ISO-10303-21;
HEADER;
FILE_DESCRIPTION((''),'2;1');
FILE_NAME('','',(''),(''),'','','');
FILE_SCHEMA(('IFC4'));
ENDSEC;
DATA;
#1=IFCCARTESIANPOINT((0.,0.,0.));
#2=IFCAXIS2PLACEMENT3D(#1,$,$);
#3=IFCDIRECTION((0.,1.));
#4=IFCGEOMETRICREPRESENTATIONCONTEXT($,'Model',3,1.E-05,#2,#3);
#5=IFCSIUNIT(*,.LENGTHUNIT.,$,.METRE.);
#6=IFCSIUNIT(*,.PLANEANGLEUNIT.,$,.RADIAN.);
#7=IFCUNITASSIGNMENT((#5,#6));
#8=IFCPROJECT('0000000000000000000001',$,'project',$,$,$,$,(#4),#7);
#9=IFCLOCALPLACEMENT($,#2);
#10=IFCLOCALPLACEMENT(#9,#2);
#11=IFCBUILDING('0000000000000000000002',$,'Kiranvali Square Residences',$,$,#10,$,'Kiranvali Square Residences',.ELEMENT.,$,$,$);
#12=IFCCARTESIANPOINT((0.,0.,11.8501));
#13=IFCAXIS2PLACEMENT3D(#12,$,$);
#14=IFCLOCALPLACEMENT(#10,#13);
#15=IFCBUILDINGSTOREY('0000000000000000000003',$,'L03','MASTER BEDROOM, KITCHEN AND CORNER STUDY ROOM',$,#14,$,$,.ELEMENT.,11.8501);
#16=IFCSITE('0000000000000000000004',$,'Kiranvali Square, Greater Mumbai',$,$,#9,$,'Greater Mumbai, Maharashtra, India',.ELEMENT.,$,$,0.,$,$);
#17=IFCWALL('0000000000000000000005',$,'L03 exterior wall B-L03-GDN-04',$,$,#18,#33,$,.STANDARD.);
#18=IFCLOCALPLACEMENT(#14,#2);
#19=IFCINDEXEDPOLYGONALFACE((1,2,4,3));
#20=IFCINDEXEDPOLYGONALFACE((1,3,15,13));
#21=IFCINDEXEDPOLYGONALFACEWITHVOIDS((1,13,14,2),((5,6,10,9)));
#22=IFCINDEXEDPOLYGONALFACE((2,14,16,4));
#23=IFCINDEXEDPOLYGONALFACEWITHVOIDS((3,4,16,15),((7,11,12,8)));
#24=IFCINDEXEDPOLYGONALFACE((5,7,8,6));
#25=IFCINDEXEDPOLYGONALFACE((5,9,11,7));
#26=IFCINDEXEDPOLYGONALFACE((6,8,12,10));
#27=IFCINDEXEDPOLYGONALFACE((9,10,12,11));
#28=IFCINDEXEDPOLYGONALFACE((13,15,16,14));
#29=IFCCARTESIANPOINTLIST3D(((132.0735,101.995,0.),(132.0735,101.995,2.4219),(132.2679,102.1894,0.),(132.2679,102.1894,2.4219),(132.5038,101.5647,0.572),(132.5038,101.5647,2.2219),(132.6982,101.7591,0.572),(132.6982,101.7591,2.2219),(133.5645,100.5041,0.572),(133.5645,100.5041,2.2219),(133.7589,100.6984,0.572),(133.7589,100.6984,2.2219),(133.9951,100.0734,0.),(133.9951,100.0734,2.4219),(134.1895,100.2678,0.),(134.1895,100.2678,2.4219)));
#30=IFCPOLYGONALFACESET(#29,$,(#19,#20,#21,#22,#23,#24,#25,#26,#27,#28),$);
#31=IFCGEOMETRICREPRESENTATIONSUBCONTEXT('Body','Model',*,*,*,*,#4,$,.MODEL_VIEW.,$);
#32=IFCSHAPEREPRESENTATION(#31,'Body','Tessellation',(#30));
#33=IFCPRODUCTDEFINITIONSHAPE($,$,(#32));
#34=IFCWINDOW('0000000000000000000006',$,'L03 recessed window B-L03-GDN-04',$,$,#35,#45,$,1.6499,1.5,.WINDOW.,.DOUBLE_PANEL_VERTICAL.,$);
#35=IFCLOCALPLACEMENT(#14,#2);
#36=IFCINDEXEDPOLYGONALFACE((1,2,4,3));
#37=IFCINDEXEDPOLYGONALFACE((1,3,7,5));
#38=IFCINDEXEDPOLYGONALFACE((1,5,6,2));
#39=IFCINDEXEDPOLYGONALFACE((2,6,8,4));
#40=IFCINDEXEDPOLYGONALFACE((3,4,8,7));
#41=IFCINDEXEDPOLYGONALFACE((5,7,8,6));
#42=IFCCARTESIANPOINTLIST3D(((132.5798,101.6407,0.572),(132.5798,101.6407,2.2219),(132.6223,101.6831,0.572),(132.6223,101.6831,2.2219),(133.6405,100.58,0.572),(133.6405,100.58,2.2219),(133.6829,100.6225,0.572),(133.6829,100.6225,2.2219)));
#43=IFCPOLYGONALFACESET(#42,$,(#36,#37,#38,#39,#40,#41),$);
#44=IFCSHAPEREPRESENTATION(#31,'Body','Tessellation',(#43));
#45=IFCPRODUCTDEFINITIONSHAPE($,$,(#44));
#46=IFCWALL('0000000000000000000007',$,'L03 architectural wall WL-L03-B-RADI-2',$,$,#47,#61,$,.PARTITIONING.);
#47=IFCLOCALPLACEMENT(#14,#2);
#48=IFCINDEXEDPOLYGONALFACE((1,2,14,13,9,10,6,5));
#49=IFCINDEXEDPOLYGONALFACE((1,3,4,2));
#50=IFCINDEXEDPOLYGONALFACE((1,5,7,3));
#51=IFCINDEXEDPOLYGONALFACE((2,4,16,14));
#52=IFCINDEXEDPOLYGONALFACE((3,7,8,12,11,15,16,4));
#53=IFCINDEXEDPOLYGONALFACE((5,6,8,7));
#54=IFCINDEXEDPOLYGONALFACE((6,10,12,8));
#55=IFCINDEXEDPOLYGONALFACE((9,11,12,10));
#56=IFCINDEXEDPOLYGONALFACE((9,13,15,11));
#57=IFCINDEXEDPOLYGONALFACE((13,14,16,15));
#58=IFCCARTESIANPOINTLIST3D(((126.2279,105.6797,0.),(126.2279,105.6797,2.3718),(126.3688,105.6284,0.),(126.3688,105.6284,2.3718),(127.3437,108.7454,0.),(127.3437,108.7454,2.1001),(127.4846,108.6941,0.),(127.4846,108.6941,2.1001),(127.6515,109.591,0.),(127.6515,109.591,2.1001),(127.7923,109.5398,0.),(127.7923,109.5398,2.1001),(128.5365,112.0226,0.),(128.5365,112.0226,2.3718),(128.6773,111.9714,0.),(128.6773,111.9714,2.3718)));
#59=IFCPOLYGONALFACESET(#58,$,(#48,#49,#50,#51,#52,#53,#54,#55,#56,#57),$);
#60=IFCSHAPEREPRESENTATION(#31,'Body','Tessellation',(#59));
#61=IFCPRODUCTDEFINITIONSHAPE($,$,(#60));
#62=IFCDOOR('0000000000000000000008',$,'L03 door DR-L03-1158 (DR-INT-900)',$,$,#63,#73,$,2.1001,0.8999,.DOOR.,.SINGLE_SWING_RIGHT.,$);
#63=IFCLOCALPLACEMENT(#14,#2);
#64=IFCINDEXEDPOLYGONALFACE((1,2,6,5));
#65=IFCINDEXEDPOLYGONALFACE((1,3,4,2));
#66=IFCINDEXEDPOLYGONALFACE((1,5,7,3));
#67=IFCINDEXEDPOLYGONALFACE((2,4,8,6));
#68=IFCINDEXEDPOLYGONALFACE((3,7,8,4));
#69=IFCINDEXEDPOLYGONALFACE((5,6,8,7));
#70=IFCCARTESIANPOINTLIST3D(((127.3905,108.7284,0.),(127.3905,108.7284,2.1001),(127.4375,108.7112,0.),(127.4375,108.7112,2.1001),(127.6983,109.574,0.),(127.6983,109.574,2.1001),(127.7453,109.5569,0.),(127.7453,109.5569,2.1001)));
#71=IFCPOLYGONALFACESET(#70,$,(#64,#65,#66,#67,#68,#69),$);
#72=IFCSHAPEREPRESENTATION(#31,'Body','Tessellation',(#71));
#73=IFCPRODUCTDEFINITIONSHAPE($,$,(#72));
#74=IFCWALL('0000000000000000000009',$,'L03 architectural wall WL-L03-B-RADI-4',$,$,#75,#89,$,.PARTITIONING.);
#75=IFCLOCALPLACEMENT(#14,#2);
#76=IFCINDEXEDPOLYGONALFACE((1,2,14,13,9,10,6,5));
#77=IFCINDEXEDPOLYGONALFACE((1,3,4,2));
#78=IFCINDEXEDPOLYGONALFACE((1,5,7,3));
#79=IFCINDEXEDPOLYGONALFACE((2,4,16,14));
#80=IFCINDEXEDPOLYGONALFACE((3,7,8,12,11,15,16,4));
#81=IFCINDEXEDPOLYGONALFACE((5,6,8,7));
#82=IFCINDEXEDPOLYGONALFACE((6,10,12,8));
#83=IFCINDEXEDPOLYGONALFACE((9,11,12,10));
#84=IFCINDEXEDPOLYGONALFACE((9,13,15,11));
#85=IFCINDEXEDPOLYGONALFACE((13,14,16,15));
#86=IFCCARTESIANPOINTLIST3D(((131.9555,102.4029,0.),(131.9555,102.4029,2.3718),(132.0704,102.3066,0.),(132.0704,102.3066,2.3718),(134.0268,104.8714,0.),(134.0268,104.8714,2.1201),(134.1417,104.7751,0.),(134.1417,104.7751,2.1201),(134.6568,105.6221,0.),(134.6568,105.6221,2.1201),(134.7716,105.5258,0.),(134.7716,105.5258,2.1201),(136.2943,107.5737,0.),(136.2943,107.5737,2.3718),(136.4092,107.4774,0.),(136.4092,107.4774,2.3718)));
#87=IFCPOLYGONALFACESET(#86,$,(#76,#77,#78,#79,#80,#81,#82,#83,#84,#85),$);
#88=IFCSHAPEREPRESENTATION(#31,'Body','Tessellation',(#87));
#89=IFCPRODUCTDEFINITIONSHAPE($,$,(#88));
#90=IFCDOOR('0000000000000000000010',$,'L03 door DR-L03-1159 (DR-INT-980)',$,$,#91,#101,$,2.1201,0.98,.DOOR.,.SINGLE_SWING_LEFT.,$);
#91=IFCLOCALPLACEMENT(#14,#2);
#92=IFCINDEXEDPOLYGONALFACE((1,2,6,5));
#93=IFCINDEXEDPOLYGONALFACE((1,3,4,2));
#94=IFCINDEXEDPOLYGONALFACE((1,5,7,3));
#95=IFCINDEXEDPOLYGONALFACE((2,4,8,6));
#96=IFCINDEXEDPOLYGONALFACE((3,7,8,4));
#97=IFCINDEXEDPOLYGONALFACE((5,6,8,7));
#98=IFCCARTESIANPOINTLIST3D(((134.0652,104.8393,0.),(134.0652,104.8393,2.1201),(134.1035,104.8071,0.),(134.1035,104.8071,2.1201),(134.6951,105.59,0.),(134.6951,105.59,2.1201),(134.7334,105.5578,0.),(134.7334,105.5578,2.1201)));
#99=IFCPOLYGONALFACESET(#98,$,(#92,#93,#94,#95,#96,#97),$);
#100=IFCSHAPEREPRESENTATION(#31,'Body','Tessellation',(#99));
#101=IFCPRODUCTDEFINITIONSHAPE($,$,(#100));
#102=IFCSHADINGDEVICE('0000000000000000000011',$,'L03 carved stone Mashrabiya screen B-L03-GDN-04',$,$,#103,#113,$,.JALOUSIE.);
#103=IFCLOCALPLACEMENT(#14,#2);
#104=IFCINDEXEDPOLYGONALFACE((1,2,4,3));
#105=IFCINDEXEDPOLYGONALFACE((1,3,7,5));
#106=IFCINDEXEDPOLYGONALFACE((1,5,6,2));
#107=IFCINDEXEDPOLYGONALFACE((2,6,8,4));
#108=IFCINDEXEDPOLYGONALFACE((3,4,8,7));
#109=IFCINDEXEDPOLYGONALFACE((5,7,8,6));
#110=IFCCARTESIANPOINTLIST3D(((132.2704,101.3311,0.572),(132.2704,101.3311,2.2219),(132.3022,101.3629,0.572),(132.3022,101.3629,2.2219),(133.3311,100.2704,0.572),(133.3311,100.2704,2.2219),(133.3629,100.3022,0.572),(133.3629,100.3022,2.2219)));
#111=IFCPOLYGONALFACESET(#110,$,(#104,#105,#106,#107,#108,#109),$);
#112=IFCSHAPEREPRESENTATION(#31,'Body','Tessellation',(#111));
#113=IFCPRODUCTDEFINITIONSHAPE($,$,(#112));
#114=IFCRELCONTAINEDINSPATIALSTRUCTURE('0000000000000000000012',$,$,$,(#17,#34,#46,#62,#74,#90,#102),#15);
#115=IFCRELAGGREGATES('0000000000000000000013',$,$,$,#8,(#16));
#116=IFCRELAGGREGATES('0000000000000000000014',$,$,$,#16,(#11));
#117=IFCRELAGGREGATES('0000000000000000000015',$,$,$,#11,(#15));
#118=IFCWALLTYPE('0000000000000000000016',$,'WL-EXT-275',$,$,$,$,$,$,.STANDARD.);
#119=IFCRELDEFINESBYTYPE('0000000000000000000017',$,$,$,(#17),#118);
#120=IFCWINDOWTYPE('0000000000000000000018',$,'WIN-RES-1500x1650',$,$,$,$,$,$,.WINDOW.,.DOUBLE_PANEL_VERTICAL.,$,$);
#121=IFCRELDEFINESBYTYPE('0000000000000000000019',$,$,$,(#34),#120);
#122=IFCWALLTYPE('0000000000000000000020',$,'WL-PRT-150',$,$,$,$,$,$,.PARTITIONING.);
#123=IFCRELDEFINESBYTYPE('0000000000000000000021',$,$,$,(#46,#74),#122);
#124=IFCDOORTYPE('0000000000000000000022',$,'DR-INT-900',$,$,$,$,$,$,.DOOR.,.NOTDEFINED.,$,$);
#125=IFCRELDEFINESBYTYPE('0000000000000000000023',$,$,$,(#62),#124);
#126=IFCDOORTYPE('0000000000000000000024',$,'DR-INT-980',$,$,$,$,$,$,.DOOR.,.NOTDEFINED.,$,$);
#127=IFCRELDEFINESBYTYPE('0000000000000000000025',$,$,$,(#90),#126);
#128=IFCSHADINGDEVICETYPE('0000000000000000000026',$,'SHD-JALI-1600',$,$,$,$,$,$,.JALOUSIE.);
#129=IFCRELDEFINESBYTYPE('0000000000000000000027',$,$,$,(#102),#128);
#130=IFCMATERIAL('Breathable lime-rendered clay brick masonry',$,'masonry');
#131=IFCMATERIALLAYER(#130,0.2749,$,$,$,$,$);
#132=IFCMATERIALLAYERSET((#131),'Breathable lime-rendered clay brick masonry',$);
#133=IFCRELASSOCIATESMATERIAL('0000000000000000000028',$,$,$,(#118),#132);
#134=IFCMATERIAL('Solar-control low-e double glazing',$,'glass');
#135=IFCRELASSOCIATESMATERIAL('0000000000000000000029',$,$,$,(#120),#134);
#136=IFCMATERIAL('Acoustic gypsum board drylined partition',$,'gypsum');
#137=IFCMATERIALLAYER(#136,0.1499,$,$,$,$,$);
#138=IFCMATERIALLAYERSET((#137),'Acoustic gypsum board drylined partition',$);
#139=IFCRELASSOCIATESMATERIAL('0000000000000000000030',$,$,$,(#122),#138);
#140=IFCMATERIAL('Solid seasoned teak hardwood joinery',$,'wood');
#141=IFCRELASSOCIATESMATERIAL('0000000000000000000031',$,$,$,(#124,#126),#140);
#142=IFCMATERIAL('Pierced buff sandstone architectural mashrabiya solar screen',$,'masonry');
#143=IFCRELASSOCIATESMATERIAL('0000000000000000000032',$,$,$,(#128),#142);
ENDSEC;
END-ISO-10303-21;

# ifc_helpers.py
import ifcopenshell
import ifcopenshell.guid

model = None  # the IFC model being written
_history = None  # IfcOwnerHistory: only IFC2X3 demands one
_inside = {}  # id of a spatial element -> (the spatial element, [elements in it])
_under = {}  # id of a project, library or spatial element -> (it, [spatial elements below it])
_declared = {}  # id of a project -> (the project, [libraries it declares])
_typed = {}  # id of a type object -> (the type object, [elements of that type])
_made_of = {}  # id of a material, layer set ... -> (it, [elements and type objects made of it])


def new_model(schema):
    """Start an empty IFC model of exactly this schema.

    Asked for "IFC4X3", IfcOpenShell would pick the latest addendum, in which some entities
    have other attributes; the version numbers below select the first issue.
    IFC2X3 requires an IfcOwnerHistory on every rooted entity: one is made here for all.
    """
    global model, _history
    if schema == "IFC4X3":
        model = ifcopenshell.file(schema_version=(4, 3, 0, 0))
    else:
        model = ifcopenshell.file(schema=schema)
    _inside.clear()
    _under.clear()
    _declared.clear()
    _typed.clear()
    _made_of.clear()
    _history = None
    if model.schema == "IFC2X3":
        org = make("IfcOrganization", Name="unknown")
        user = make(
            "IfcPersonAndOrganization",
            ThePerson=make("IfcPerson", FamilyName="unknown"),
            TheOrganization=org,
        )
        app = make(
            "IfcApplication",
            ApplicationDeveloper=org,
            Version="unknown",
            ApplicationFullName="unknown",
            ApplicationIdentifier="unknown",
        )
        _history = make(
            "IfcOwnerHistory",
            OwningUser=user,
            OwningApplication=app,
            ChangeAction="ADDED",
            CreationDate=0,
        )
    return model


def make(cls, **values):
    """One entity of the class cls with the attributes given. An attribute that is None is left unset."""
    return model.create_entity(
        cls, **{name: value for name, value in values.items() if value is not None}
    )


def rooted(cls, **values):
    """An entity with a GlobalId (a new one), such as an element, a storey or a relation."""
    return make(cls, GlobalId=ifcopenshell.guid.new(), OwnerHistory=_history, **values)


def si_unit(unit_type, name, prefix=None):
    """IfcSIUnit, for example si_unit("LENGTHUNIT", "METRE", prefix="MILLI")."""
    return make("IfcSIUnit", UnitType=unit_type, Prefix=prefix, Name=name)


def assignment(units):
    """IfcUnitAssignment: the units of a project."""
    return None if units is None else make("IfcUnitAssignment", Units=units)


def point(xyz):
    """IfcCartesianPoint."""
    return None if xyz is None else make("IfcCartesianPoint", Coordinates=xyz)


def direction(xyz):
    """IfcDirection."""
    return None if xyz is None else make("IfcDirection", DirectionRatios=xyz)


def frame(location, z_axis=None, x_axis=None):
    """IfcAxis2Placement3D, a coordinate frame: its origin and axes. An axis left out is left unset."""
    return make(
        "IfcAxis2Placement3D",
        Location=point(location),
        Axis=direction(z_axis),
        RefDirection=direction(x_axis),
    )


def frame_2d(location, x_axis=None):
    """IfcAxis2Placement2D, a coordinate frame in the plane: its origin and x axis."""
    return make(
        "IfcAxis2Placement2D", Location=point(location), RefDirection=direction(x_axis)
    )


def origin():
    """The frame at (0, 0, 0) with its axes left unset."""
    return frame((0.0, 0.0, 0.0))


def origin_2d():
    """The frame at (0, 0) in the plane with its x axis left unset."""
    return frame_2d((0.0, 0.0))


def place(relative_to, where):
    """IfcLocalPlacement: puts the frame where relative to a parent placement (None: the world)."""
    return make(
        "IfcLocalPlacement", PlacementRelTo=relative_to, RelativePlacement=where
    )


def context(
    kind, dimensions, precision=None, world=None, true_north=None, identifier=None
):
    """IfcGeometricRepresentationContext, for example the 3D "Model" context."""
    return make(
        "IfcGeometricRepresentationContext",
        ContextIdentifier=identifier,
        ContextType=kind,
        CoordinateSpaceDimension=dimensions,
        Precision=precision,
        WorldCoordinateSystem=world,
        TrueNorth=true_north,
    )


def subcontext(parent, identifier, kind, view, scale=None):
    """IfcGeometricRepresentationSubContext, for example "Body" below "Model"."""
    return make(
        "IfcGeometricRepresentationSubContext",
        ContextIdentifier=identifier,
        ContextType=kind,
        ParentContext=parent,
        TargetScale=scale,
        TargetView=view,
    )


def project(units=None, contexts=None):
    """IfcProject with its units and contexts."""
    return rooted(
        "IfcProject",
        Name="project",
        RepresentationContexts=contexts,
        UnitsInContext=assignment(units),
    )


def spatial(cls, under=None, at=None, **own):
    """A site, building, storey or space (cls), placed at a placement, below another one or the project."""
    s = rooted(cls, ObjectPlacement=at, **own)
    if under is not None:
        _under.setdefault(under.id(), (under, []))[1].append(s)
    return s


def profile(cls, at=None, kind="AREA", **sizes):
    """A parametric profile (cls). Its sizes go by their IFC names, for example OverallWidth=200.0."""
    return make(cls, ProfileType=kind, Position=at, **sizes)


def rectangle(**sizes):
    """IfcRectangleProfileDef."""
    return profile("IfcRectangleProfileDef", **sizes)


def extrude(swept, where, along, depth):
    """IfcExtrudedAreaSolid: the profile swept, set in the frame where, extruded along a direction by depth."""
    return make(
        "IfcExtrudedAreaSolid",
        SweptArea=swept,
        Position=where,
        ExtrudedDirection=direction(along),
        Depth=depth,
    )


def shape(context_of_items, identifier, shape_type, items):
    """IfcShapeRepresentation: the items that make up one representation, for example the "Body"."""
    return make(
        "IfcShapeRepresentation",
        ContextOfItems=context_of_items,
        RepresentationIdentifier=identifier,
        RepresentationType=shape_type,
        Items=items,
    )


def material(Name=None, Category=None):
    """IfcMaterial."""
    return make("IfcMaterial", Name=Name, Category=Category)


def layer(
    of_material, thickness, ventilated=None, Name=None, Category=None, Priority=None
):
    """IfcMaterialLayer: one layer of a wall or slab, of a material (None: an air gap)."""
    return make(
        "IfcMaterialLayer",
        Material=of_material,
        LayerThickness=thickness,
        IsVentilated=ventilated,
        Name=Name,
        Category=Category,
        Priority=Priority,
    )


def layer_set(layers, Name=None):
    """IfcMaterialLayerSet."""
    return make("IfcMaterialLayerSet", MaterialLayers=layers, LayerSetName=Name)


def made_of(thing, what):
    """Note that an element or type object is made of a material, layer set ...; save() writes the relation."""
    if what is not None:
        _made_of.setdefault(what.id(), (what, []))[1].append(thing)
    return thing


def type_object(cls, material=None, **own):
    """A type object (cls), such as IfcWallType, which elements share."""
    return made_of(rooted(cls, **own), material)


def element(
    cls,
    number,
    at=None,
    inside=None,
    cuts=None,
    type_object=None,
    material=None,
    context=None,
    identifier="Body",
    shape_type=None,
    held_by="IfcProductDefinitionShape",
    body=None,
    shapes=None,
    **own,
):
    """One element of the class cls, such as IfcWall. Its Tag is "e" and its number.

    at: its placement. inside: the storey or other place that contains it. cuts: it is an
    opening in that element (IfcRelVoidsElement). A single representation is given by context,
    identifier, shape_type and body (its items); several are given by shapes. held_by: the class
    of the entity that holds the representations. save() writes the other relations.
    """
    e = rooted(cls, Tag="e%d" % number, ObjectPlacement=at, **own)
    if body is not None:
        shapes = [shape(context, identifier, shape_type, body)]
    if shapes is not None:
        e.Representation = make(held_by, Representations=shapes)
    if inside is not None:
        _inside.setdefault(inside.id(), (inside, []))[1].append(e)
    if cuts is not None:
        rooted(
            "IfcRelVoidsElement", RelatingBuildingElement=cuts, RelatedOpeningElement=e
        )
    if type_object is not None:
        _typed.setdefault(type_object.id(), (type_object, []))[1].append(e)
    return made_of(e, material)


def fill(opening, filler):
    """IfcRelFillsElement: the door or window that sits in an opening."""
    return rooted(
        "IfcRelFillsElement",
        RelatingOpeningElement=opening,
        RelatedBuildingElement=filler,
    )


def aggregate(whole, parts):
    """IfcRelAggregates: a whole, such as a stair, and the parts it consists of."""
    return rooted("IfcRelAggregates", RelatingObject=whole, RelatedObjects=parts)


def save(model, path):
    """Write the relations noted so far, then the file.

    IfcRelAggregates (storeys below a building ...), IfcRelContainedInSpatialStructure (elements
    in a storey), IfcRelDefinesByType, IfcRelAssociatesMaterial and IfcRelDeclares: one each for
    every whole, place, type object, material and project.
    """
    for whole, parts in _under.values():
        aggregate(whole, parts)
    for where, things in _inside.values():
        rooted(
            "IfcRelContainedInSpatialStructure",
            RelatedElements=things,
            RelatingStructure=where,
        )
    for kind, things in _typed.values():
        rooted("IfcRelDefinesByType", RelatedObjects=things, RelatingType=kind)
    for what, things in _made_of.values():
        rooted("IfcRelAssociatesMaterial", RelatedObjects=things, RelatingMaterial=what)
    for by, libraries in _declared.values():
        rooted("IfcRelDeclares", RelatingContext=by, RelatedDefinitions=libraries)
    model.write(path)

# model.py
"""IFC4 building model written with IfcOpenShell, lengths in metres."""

from ifc_helpers import new_model, si_unit, direction, frame, frame_2d, origin, origin_2d, place, context, subcontext, project, spatial, rectangle, extrude, material, layer, layer_set, type_object, element, fill, save


model = new_model("IFC4")

# Units and contexts
model_context = context("Model", 3, precision=1e-05, world=origin(), true_north=direction((0.0, 1.0)))
body_context = subcontext(model_context, "Body", "Model", "MODEL_VIEW")
ifc_project = project(units=[si_unit("LENGTHUNIT", "METRE"), si_unit("PLANEANGLEUNIT", "RADIAN")], contexts=[model_context])

# Site, building, storey
site_placement = place(None, origin())
site = spatial("IfcSite", under=ifc_project, at=site_placement, Name="Kiranvali Square, Greater Mumbai", LongName="Greater Mumbai, Maharashtra, India", CompositionType="ELEMENT", RefElevation=0.0)
building_placement = place(site_placement, origin())
building = spatial("IfcBuilding", under=site, at=building_placement, Name="Kiranvali Square Residences", LongName="Kiranvali Square Residences", CompositionType="ELEMENT")
storey_placement = place(building_placement, frame((0.0, 0.0, 11.8501)))
storey = spatial("IfcBuildingStorey", under=building, at=storey_placement, Name="L03", Description="MASTER BEDROOM, KITCHEN AND CORNER STUDY ROOM", CompositionType="ELEMENT", Elevation=11.8501)

# Shared definitions
ifc_material_1 = material(Name="Breathable lime-rendered clay brick masonry", Category="masonry")
ifc_layer_1 = layer(ifc_material_1, 0.2749)
ifc_layer_set_1 = layer_set([ifc_layer_1], Name="Breathable lime-rendered clay brick masonry")
wall_type_1 = type_object("IfcWallType", Name="WL-EXT-275", PredefinedType="STANDARD", material=ifc_layer_set_1)

# Wall, opening, window
ifc_material_2 = material(Name="Solar-control low-e double glazing", Category="glass")
wall_1_placement = place(storey_placement, frame((132.1707, 102.0923, 0.0), z_axis=(0.0, 0.0, 1.0), x_axis=(0.707107, -0.707107, 0.0)))
wall_1 = element("IfcWall", 1, at=wall_1_placement, inside=storey, type_object=wall_type_1, Name="L03 exterior wall B-L03-GDN-04", PredefinedType="STANDARD", context=body_context, shape_type="SweptSolid", body=[
    extrude(rectangle(XDim=2.7175, YDim=0.2749, at=frame_2d((1.3589, 0.0))), origin(), (0.0, 0.0, 1.0), 2.4219),
])
opening_1_placement = place(wall_1_placement, frame((0.6086, 0.0, 0.572)))
opening_1 = element("IfcOpeningElement", 2, at=opening_1_placement, cuts=wall_1, PredefinedType="OPENING", context=body_context, shape_type="SweptSolid", body=[
    extrude(rectangle(XDim=1.5, YDim=1.6499, at=frame_2d((0.75, 0.825))), frame((0.0, 0.1475, 0.0), z_axis=(0.0, -1.0, 0.0), x_axis=(1.0, 0.0, 0.0)), (0.0, 0.0, 1.0), 0.2949),
])
window_type_1 = type_object("IfcWindowType", Name="WIN-RES-1500x1650", PartitioningType="DOUBLE_PANEL_VERTICAL", PredefinedType="WINDOW", material=ifc_material_2)
window_1_placement = place(opening_1_placement, origin())
window_1 = element("IfcWindow", 3, at=window_1_placement, inside=storey, type_object=window_type_1, Name="L03 recessed window B-L03-GDN-04", OverallHeight=1.6499, OverallWidth=1.5, PartitioningType="DOUBLE_PANEL_VERTICAL", PredefinedType="WINDOW", context=body_context, shape_type="SweptSolid", body=[
    extrude(rectangle(XDim=1.5, YDim=1.6499, at=frame_2d((0.75, 0.825))), frame((0.0, 0.03, 0.0), z_axis=(0.0, -1.0, 0.0), x_axis=(1.0, 0.0, 0.0)), (0.0, 0.0, 1.0), 0.0601),
])
fill(opening_1, window_1)

# Walls, openings, doors
ifc_material_3 = material(Name="Acoustic gypsum board drylined partition", Category="gypsum")
ifc_layer_2 = layer(ifc_material_3, 0.1499)
ifc_layer_set_2 = layer_set([ifc_layer_2], Name="Acoustic gypsum board drylined partition")
wall_type_2 = type_object("IfcWallType", Name="WL-PRT-150", PredefinedType="PARTITIONING", material=ifc_layer_set_2)
wall_2_placement = place(storey_placement, frame((126.2983, 105.6541, 0.0), z_axis=(0.0, 0.0, 1.0), x_axis=(0.34201, 0.939696, 0.0)))
wall_2 = element("IfcWall", 4, at=wall_2_placement, inside=storey, type_object=wall_type_2, Name="L03 architectural wall WL-L03-B-RADI-2", PredefinedType="PARTITIONING", context=body_context, shape_type="SweptSolid", body=[
    extrude(rectangle(XDim=6.75, YDim=0.1499, at=frame_2d((3.375, 0.0))), origin(), (0.0, 0.0, 1.0), 2.3718),
])
opening_2_placement = place(wall_2_placement, frame((3.2625, 0.0, 0.0)))
opening_2 = element("IfcOpeningElement", 5, at=opening_2_placement, cuts=wall_2, PredefinedType="OPENING", context=body_context, shape_type="SweptSolid", body=[
    extrude(rectangle(XDim=0.8999, YDim=2.1001, at=frame_2d((0.45, 1.05))), frame((0.0, 0.085, 0.0), z_axis=(0.0, -1.0, 0.0), x_axis=(1.0, 0.0, 0.0)), (0.0, 0.0, 1.0), 0.1699),
])
ifc_material_4 = material(Name="Solid seasoned teak hardwood joinery", Category="wood")
door_type_1 = type_object("IfcDoorType", Name="DR-INT-900", OperationType="NOTDEFINED", PredefinedType="DOOR", material=ifc_material_4)
door_1_placement = place(opening_2_placement, frame((0.8999, 0.0, 0.0), z_axis=(0.0, 0.0, 1.0), x_axis=(-1.0, 0.0, 0.0)))
door_1 = element("IfcDoor", 6, at=door_1_placement, inside=storey, type_object=door_type_1, Name="L03 door DR-L03-1158 (DR-INT-900)", OperationType="SINGLE_SWING_RIGHT", OverallHeight=2.1001, OverallWidth=0.8999, PredefinedType="DOOR", context=body_context, shape_type="SweptSolid", body=[
    extrude(rectangle(XDim=0.8999, YDim=2.1001, at=frame_2d((0.45, 1.05))), frame((0.0, 0.0249, 0.0), z_axis=(0.0, -1.0, 0.0), x_axis=(1.0, 0.0, 0.0)), (0.0, 0.0, 1.0), 0.05),
])
fill(opening_2, door_1)
wall_3_placement = place(storey_placement, frame((132.0129, 102.3547, 0.0), z_axis=(0.0, 0.0, 1.0), x_axis=(0.642785, 0.766047, 0.0)))
wall_3 = element("IfcWall", 7, at=wall_3_placement, inside=storey, type_object=wall_type_2, Name="L03 architectural wall WL-L03-B-RADI-4", PredefinedType="PARTITIONING", context=body_context, shape_type="SweptSolid", body=[
    extrude(rectangle(XDim=6.75, YDim=0.1499, at=frame_2d((3.375, 0.0))), origin(), (0.0, 0.0, 1.0), 2.3718),
])
opening_3_placement = place(wall_3_placement, frame((3.2224, 0.0, 0.0)))
opening_3 = element("IfcOpeningElement", 8, at=opening_3_placement, cuts=wall_3, PredefinedType="OPENING", context=body_context, shape_type="SweptSolid", body=[
    extrude(rectangle(XDim=0.98, YDim=2.1201, at=frame_2d((0.49, 1.0601))), frame((0.0, 0.085, 0.0), z_axis=(0.0, -1.0, 0.0), x_axis=(1.0, 0.0, 0.0)), (0.0, 0.0, 1.0), 0.1699),
])
door_type_2 = type_object("IfcDoorType", Name="DR-INT-980", OperationType="NOTDEFINED", PredefinedType="DOOR", material=ifc_material_4)
door_2_placement = place(opening_3_placement, origin())
door_2 = element("IfcDoor", 9, at=door_2_placement, inside=storey, type_object=door_type_2, Name="L03 door DR-L03-1159 (DR-INT-980)", OperationType="SINGLE_SWING_LEFT", OverallHeight=2.1201, OverallWidth=0.98, PredefinedType="DOOR", context=body_context, shape_type="SweptSolid", body=[
    extrude(rectangle(XDim=0.98, YDim=2.1201, at=frame_2d((0.49, 1.0601))), frame((0.0, 0.0249, 0.0), z_axis=(0.0, -1.0, 0.0), x_axis=(1.0, 0.0, 0.0)), (0.0, 0.0, 1.0), 0.05),
])
fill(opening_3, door_2)

# Shading device
ifc_material_5 = material(Name="Pierced buff sandstone architectural mashrabiya solar screen", Category="masonry")
shading_device_type = type_object("IfcShadingDeviceType", Name="SHD-JALI-1600", PredefinedType="JALOUSIE", material=ifc_material_5)
shading_device_placement = place(storey_placement, frame((132.8167, 100.8167, 0.572), z_axis=(0.0, 0.0, 1.0), x_axis=(0.707107, -0.707107, 0.0)))
element("IfcShadingDevice", 10, at=shading_device_placement, inside=storey, type_object=shading_device_type, Name="L03 carved stone Mashrabiya screen B-L03-GDN-04", PredefinedType="JALOUSIE", context=body_context, shape_type="SweptSolid", body=[
    extrude(rectangle(XDim=1.5, YDim=0.0449, at=origin_2d()), origin(), (0.0, 0.0, 1.0), 1.6499),
])

save(model, "model.ifc")
